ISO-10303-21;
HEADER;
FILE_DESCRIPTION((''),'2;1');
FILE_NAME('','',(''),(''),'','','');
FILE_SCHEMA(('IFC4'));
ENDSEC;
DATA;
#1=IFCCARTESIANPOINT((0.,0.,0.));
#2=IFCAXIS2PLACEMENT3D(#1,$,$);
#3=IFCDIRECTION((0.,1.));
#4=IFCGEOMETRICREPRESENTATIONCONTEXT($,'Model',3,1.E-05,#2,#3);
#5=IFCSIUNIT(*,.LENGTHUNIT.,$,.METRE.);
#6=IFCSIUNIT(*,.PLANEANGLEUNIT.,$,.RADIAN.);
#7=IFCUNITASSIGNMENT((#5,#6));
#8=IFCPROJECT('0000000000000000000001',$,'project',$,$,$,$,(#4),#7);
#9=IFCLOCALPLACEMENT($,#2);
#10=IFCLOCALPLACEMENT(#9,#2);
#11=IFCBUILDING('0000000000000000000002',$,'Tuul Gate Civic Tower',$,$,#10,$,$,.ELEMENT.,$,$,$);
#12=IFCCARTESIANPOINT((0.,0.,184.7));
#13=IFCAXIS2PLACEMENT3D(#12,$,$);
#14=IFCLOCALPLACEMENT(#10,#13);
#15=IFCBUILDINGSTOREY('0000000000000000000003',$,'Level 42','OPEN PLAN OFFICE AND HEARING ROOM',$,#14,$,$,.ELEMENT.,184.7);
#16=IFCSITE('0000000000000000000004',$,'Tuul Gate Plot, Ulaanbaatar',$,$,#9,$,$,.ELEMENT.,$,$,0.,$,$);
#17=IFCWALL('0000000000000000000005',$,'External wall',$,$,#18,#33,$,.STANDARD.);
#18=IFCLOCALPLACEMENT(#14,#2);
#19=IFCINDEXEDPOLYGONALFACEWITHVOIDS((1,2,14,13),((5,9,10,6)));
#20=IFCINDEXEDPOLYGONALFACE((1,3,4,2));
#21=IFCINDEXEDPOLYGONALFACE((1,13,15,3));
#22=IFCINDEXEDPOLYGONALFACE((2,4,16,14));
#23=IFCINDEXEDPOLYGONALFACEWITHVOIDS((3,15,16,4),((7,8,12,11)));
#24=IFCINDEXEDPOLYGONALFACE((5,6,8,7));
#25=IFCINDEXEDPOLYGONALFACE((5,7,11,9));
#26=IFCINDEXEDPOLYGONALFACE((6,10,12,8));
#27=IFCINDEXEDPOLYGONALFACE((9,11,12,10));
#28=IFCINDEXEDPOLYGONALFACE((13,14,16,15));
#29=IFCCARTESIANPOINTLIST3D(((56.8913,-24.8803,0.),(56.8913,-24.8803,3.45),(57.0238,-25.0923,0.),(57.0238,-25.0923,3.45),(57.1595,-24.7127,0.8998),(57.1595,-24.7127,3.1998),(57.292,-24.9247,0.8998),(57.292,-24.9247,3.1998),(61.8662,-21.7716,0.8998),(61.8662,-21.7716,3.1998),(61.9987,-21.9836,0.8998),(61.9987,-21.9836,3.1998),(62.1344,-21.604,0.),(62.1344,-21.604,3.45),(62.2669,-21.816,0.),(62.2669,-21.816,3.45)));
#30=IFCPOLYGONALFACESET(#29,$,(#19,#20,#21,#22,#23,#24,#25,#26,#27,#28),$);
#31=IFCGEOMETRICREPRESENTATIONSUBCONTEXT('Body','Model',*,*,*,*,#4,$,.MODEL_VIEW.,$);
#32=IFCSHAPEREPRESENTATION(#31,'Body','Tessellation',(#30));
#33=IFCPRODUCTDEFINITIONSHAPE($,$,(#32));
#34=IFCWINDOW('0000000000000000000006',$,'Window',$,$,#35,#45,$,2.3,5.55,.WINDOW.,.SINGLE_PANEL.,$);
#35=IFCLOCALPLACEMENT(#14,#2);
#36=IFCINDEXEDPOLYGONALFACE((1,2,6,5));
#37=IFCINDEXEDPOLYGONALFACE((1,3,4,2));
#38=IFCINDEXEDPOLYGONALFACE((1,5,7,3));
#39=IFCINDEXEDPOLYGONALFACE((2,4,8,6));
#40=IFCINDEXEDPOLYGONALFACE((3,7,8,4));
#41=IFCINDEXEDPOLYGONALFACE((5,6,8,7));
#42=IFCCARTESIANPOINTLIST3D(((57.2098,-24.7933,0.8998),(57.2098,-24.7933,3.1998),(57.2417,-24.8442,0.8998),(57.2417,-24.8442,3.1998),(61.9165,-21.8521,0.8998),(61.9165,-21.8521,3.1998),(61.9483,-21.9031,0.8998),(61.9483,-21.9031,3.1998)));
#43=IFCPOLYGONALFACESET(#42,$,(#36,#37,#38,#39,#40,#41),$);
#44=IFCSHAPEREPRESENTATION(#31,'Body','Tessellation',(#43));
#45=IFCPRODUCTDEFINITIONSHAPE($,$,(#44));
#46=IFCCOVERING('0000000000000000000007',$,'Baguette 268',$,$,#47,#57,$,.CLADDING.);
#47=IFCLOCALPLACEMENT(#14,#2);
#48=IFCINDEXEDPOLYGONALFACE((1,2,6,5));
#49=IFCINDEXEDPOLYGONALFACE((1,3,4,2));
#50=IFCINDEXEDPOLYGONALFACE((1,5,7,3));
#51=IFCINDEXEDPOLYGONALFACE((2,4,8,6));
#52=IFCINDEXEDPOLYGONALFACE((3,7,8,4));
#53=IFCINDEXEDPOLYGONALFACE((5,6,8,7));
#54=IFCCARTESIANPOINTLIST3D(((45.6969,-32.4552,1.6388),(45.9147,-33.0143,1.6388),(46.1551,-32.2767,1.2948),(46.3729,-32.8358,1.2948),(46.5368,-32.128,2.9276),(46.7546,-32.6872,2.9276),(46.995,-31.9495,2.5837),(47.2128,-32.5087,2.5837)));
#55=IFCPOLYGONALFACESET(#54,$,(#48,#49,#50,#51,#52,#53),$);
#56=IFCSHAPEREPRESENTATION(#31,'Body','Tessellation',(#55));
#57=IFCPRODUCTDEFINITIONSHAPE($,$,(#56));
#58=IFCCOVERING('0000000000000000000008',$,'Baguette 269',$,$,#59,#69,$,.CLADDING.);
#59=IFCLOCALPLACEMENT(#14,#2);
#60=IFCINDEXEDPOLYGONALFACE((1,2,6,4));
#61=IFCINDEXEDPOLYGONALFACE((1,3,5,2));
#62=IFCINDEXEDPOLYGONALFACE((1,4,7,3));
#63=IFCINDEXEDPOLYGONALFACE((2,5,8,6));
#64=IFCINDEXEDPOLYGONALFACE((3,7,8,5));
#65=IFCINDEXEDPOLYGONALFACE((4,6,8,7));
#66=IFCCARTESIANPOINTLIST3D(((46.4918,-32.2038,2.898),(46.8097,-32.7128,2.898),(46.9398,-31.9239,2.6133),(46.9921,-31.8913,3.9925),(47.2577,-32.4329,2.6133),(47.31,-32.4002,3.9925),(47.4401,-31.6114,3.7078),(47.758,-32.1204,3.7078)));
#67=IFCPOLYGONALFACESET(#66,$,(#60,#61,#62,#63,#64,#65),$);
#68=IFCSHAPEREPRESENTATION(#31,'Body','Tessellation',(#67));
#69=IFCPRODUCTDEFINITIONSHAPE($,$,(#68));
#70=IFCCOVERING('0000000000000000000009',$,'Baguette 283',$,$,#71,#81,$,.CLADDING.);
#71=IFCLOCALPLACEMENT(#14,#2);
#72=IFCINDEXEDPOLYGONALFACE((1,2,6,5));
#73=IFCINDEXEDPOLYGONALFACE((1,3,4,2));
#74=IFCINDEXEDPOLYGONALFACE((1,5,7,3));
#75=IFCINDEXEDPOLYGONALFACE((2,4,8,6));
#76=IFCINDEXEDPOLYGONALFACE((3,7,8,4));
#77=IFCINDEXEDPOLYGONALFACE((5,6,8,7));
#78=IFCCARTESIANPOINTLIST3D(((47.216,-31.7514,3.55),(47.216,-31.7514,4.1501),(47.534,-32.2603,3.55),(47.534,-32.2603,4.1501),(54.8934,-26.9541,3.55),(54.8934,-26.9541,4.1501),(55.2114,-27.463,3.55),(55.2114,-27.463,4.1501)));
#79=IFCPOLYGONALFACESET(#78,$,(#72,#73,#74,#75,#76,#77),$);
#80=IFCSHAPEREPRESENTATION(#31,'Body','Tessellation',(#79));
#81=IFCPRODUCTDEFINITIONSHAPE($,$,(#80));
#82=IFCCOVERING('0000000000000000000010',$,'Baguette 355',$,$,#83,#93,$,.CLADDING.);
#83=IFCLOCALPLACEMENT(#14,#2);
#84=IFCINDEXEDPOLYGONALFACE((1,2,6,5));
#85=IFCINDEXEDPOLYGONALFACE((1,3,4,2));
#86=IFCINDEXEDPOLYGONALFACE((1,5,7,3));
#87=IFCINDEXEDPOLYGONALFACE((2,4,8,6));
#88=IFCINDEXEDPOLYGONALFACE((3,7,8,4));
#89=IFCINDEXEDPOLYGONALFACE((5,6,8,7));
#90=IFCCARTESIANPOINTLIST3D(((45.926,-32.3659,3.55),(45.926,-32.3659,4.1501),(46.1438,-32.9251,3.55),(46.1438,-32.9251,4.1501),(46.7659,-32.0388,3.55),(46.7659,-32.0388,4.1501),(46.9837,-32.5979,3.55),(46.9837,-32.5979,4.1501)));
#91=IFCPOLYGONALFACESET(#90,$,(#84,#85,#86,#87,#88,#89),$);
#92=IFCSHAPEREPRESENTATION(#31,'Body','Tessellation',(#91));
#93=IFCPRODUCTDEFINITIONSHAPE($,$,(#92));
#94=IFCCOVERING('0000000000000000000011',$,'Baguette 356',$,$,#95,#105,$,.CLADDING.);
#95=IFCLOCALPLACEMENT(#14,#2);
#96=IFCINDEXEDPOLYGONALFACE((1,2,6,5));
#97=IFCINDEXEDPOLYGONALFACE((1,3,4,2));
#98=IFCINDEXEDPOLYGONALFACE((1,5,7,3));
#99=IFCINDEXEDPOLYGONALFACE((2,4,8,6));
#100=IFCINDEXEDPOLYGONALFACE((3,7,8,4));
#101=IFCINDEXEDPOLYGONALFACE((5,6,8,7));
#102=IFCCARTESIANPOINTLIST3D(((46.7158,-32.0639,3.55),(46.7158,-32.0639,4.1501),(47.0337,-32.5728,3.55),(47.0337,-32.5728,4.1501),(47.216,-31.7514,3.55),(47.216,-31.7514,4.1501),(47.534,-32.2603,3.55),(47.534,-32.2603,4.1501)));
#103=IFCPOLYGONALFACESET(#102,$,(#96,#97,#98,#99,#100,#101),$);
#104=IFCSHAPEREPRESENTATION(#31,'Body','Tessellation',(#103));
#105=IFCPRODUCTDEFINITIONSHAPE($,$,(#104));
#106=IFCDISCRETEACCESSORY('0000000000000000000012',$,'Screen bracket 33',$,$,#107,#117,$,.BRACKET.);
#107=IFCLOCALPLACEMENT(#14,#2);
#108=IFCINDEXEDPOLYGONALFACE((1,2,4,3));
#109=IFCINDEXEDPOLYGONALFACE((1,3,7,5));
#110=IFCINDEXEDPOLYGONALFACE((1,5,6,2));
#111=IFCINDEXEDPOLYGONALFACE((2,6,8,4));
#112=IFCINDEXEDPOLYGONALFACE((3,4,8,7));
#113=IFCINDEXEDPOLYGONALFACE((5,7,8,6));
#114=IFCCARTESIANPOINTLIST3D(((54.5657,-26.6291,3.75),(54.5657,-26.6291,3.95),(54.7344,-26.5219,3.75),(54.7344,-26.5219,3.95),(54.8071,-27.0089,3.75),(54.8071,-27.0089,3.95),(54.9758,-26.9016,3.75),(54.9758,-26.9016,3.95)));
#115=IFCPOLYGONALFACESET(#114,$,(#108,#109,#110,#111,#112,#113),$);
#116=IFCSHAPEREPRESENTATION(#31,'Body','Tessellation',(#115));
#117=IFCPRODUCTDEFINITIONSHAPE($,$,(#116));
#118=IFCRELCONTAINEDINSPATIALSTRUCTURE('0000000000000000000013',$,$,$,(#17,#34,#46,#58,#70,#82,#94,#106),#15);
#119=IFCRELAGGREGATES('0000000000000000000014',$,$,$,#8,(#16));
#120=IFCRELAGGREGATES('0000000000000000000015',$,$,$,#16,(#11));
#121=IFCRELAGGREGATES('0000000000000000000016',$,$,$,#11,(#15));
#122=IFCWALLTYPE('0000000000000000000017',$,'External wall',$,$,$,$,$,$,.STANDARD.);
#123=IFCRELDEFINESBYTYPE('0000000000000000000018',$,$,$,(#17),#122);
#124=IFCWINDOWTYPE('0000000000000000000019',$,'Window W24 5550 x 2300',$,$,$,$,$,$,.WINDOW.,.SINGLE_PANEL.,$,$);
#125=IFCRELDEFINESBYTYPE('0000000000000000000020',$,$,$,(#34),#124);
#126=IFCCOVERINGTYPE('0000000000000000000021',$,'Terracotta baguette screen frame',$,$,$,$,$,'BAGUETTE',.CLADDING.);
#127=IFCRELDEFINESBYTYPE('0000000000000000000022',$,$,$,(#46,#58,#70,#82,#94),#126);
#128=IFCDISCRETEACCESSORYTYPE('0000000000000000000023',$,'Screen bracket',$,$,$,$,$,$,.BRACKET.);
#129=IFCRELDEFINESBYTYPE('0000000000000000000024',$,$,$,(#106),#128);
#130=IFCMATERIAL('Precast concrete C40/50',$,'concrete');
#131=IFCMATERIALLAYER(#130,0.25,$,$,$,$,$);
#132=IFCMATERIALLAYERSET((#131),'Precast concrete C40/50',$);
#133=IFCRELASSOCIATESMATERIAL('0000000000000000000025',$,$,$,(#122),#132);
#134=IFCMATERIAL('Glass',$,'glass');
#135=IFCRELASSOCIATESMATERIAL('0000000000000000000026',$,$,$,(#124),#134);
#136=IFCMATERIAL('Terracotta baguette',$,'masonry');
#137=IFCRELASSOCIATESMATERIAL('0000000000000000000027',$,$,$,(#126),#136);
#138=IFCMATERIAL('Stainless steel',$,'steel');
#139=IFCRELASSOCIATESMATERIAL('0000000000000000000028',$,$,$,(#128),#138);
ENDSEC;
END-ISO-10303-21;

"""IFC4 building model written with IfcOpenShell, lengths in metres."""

from ifc_helpers import new_model, si_unit, direction, frame, frame_2d, origin, origin_2d, place, context, subcontext, project, spatial, rectangle, extrude, material, layer, layer_set, material_profile, profile_set, type_object, element, fill, save


model = new_model("IFC4")

# Units and contexts
model_context = context("Model", 3, precision=1e-05, world=origin(), true_north=direction((0.0, 1.0)))
body_context = subcontext(model_context, "Body", "Model", "MODEL_VIEW")
ifc_project = project(units=[si_unit("LENGTHUNIT", "METRE"), si_unit("PLANEANGLEUNIT", "RADIAN")], contexts=[model_context])

# Site, building, storey
site_placement = place(None, origin())
site = spatial("IfcSite", under=ifc_project, at=site_placement, Name="Tuul Gate Plot, Ulaanbaatar", CompositionType="ELEMENT", RefElevation=0.0)
building_placement = place(site_placement, origin())
building = spatial("IfcBuilding", under=site, at=building_placement, Name="Tuul Gate Civic Tower", CompositionType="ELEMENT")
storey_placement = place(building_placement, frame((0.0, 0.0, 184.7)))
storey = spatial("IfcBuildingStorey", under=building, at=storey_placement, Name="Level 42", Description="OPEN PLAN OFFICE AND HEARING ROOM", CompositionType="ELEMENT", Elevation=184.7)

# Shared definitions
ifc_material_1 = material(Name="Precast concrete C40/50", Category="concrete")
ifc_layer_1 = layer(ifc_material_1, 0.25)
ifc_layer_set_1 = layer_set([ifc_layer_1], Name="Precast concrete C40/50")
wall_type_1 = type_object("IfcWallType", Name="External wall", PredefinedType="STANDARD", material=ifc_layer_set_1)

# Wall, opening, window
ifc_material_2 = material(Name="Glass", Category="glass")
window_type_1 = type_object("IfcWindowType", Name="Window W24 5550 x 2300", PartitioningType="SINGLE_PANEL", PredefinedType="WINDOW", material=ifc_material_2)
wall_1_placement = place(storey_placement, frame((56.9575, -24.9863, 0.0), z_axis=(0.0, 0.0, 1.0), x_axis=(0.848043, 0.529928, 0.0)))
wall_1 = element("IfcWall", 1, at=wall_1_placement, inside=storey, type_object=wall_type_1, Name="External wall", PredefinedType="STANDARD", context=body_context, shape_type="SweptSolid", body=[
    extrude(rectangle(XDim=6.1826, YDim=0.25, at=frame_2d((3.0913, 0.0))), origin(), (0.0, 0.0, 1.0), 3.45),
])
opening_1_placement = place(wall_1_placement, frame((0.3164, 0.0, 0.8999)))
opening_1 = element("IfcOpeningElement", 2, at=opening_1_placement, cuts=wall_1, PredefinedType="OPENING", context=body_context, shape_type="SweptSolid", body=[
    extrude(rectangle(XDim=5.55, YDim=2.3, at=frame_2d((2.7749, 1.1499))), frame((0.0, 0.135, 0.0), z_axis=(0.0, -1.0, 0.0), x_axis=(1.0, 0.0, 0.0)), (0.0, 0.0, 1.0), 0.27),
])
window_1_placement = place(opening_1_placement, origin())
window_1 = element("IfcWindow", 3, at=window_1_placement, inside=storey, type_object=window_type_1, Name="Window", OverallHeight=2.3, OverallWidth=5.55, PartitioningType="SINGLE_PANEL", PredefinedType="WINDOW", context=body_context, shape_type="SweptSolid", body=[
    extrude(rectangle(XDim=5.55, YDim=2.3, at=frame_2d((2.7749, 1.1499))), frame((0.0, 0.03, 0.0), z_axis=(0.0, -1.0, 0.0), x_axis=(1.0, 0.0, 0.0)), (0.0, 0.0, 1.0), 0.0601),
])
fill(opening_1, window_1)

# Coverings
ifc_material_3 = material(Name="Terracotta baguette", Category="masonry")
ifc_material_profile_1 = material_profile(ifc_material_3, rectangle(XDim=0.6001, YDim=0.6001, at=origin_2d()), Name="Terracotta baguette screen frame")
ifc_profile_set_1 = profile_set([ifc_material_profile_1], Name="Terracotta baguette")
covering_type = type_object("IfcCoveringType", Name="Terracotta baguette screen frame", ElementType="BAGUETTE", PredefinedType="CLADDING", material=ifc_profile_set_1)
covering_1_placement = place(storey_placement, frame((46.0349, -32.6455, 1.4668), z_axis=(0.534011, 0.208016, 0.819489), x_axis=(-0.362969, 0.931801, 0.0)))
element("IfcCovering", 4, at=covering_1_placement, inside=storey, type_object=covering_type, Name="Baguette 268", PredefinedType="CLADDING", context=body_context, shape_type="SweptSolid", body=[
    extrude(rectangle(XDim=0.6001, YDim=0.6001, at=origin_2d()), origin(), (0.0, 0.0, 1.0), 1.5728),
])
covering_2_placement = place(storey_placement, frame((46.8748, -32.3184, 2.7556), z_axis=(0.402352, 0.251347, 0.880305), x_axis=(-0.529813, 0.848115, 0.0)))
element("IfcCovering", 5, at=covering_2_placement, inside=storey, type_object=covering_type, Name="Baguette 269", PredefinedType="CLADDING", context=body_context, shape_type="SweptSolid", body=[
    extrude(rectangle(XDim=0.6001, YDim=0.6001, at=origin_2d()), origin(), (0.0, 0.0, 1.0), 1.2434),
])
covering_3_placement = place(storey_placement, frame((47.375, -32.0059, 3.8501), z_axis=(0.848051, 0.529914, 0.0), x_axis=(-0.529914, 0.848051, 0.0)))
element("IfcCovering", 6, at=covering_3_placement, inside=storey, type_object=covering_type, Name="Baguette 283", PredefinedType="CLADDING", context=body_context, shape_type="SweptSolid", body=[
    extrude(rectangle(XDim=0.6001, YDim=0.6001, at=origin_2d()), origin(), (0.0, 0.0, 1.0), 9.053),
])
covering_4_placement = place(storey_placement, frame((46.0349, -32.6455, 3.8501), z_axis=(0.931801, 0.362969, 0.0), x_axis=(-0.362969, 0.931801, 0.0)))
element("IfcCovering", 7, at=covering_4_placement, inside=storey, type_object=covering_type, Name="Baguette 355", PredefinedType="CLADDING", context=body_context, shape_type="SweptSolid", body=[
    extrude(rectangle(XDim=0.6001, YDim=0.6001, at=origin_2d()), origin(), (0.0, 0.0, 1.0), 0.9014),
])
covering_5_placement = place(storey_placement, frame((46.8748, -32.3184, 3.8501), z_axis=(0.848115, 0.529813, 0.0), x_axis=(-0.529813, 0.848115, 0.0)))
element("IfcCovering", 8, at=covering_5_placement, inside=storey, type_object=covering_type, Name="Baguette 356", PredefinedType="CLADDING", context=body_context, shape_type="SweptSolid", body=[
    extrude(rectangle(XDim=0.6001, YDim=0.6001, at=origin_2d()), origin(), (0.0, 0.0, 1.0), 0.5898),
])

# Discrete accessory
ifc_material_4 = material(Name="Stainless steel", Category="steel")
discrete_accessory_type = type_object("IfcDiscreteAccessoryType", Name="Screen bracket", PredefinedType="BRACKET", material=ifc_material_4)
discrete_accessory_placement = place(storey_placement, frame((54.7708, -26.7654, 3.75), z_axis=(0.0, 0.0, 1.0), x_axis=(0.536425, -0.843948, 0.0)))
element("IfcDiscreteAccessory", 9, at=discrete_accessory_placement, inside=storey, type_object=discrete_accessory_type, Name="Screen bracket 33", PredefinedType="BRACKET", context=body_context, shape_type="SweptSolid", body=[
    extrude(rectangle(XDim=0.45, YDim=0.2, at=origin_2d()), origin(), (0.0, 0.0, 1.0), 0.2),
])

save(model, "model.ifc")
